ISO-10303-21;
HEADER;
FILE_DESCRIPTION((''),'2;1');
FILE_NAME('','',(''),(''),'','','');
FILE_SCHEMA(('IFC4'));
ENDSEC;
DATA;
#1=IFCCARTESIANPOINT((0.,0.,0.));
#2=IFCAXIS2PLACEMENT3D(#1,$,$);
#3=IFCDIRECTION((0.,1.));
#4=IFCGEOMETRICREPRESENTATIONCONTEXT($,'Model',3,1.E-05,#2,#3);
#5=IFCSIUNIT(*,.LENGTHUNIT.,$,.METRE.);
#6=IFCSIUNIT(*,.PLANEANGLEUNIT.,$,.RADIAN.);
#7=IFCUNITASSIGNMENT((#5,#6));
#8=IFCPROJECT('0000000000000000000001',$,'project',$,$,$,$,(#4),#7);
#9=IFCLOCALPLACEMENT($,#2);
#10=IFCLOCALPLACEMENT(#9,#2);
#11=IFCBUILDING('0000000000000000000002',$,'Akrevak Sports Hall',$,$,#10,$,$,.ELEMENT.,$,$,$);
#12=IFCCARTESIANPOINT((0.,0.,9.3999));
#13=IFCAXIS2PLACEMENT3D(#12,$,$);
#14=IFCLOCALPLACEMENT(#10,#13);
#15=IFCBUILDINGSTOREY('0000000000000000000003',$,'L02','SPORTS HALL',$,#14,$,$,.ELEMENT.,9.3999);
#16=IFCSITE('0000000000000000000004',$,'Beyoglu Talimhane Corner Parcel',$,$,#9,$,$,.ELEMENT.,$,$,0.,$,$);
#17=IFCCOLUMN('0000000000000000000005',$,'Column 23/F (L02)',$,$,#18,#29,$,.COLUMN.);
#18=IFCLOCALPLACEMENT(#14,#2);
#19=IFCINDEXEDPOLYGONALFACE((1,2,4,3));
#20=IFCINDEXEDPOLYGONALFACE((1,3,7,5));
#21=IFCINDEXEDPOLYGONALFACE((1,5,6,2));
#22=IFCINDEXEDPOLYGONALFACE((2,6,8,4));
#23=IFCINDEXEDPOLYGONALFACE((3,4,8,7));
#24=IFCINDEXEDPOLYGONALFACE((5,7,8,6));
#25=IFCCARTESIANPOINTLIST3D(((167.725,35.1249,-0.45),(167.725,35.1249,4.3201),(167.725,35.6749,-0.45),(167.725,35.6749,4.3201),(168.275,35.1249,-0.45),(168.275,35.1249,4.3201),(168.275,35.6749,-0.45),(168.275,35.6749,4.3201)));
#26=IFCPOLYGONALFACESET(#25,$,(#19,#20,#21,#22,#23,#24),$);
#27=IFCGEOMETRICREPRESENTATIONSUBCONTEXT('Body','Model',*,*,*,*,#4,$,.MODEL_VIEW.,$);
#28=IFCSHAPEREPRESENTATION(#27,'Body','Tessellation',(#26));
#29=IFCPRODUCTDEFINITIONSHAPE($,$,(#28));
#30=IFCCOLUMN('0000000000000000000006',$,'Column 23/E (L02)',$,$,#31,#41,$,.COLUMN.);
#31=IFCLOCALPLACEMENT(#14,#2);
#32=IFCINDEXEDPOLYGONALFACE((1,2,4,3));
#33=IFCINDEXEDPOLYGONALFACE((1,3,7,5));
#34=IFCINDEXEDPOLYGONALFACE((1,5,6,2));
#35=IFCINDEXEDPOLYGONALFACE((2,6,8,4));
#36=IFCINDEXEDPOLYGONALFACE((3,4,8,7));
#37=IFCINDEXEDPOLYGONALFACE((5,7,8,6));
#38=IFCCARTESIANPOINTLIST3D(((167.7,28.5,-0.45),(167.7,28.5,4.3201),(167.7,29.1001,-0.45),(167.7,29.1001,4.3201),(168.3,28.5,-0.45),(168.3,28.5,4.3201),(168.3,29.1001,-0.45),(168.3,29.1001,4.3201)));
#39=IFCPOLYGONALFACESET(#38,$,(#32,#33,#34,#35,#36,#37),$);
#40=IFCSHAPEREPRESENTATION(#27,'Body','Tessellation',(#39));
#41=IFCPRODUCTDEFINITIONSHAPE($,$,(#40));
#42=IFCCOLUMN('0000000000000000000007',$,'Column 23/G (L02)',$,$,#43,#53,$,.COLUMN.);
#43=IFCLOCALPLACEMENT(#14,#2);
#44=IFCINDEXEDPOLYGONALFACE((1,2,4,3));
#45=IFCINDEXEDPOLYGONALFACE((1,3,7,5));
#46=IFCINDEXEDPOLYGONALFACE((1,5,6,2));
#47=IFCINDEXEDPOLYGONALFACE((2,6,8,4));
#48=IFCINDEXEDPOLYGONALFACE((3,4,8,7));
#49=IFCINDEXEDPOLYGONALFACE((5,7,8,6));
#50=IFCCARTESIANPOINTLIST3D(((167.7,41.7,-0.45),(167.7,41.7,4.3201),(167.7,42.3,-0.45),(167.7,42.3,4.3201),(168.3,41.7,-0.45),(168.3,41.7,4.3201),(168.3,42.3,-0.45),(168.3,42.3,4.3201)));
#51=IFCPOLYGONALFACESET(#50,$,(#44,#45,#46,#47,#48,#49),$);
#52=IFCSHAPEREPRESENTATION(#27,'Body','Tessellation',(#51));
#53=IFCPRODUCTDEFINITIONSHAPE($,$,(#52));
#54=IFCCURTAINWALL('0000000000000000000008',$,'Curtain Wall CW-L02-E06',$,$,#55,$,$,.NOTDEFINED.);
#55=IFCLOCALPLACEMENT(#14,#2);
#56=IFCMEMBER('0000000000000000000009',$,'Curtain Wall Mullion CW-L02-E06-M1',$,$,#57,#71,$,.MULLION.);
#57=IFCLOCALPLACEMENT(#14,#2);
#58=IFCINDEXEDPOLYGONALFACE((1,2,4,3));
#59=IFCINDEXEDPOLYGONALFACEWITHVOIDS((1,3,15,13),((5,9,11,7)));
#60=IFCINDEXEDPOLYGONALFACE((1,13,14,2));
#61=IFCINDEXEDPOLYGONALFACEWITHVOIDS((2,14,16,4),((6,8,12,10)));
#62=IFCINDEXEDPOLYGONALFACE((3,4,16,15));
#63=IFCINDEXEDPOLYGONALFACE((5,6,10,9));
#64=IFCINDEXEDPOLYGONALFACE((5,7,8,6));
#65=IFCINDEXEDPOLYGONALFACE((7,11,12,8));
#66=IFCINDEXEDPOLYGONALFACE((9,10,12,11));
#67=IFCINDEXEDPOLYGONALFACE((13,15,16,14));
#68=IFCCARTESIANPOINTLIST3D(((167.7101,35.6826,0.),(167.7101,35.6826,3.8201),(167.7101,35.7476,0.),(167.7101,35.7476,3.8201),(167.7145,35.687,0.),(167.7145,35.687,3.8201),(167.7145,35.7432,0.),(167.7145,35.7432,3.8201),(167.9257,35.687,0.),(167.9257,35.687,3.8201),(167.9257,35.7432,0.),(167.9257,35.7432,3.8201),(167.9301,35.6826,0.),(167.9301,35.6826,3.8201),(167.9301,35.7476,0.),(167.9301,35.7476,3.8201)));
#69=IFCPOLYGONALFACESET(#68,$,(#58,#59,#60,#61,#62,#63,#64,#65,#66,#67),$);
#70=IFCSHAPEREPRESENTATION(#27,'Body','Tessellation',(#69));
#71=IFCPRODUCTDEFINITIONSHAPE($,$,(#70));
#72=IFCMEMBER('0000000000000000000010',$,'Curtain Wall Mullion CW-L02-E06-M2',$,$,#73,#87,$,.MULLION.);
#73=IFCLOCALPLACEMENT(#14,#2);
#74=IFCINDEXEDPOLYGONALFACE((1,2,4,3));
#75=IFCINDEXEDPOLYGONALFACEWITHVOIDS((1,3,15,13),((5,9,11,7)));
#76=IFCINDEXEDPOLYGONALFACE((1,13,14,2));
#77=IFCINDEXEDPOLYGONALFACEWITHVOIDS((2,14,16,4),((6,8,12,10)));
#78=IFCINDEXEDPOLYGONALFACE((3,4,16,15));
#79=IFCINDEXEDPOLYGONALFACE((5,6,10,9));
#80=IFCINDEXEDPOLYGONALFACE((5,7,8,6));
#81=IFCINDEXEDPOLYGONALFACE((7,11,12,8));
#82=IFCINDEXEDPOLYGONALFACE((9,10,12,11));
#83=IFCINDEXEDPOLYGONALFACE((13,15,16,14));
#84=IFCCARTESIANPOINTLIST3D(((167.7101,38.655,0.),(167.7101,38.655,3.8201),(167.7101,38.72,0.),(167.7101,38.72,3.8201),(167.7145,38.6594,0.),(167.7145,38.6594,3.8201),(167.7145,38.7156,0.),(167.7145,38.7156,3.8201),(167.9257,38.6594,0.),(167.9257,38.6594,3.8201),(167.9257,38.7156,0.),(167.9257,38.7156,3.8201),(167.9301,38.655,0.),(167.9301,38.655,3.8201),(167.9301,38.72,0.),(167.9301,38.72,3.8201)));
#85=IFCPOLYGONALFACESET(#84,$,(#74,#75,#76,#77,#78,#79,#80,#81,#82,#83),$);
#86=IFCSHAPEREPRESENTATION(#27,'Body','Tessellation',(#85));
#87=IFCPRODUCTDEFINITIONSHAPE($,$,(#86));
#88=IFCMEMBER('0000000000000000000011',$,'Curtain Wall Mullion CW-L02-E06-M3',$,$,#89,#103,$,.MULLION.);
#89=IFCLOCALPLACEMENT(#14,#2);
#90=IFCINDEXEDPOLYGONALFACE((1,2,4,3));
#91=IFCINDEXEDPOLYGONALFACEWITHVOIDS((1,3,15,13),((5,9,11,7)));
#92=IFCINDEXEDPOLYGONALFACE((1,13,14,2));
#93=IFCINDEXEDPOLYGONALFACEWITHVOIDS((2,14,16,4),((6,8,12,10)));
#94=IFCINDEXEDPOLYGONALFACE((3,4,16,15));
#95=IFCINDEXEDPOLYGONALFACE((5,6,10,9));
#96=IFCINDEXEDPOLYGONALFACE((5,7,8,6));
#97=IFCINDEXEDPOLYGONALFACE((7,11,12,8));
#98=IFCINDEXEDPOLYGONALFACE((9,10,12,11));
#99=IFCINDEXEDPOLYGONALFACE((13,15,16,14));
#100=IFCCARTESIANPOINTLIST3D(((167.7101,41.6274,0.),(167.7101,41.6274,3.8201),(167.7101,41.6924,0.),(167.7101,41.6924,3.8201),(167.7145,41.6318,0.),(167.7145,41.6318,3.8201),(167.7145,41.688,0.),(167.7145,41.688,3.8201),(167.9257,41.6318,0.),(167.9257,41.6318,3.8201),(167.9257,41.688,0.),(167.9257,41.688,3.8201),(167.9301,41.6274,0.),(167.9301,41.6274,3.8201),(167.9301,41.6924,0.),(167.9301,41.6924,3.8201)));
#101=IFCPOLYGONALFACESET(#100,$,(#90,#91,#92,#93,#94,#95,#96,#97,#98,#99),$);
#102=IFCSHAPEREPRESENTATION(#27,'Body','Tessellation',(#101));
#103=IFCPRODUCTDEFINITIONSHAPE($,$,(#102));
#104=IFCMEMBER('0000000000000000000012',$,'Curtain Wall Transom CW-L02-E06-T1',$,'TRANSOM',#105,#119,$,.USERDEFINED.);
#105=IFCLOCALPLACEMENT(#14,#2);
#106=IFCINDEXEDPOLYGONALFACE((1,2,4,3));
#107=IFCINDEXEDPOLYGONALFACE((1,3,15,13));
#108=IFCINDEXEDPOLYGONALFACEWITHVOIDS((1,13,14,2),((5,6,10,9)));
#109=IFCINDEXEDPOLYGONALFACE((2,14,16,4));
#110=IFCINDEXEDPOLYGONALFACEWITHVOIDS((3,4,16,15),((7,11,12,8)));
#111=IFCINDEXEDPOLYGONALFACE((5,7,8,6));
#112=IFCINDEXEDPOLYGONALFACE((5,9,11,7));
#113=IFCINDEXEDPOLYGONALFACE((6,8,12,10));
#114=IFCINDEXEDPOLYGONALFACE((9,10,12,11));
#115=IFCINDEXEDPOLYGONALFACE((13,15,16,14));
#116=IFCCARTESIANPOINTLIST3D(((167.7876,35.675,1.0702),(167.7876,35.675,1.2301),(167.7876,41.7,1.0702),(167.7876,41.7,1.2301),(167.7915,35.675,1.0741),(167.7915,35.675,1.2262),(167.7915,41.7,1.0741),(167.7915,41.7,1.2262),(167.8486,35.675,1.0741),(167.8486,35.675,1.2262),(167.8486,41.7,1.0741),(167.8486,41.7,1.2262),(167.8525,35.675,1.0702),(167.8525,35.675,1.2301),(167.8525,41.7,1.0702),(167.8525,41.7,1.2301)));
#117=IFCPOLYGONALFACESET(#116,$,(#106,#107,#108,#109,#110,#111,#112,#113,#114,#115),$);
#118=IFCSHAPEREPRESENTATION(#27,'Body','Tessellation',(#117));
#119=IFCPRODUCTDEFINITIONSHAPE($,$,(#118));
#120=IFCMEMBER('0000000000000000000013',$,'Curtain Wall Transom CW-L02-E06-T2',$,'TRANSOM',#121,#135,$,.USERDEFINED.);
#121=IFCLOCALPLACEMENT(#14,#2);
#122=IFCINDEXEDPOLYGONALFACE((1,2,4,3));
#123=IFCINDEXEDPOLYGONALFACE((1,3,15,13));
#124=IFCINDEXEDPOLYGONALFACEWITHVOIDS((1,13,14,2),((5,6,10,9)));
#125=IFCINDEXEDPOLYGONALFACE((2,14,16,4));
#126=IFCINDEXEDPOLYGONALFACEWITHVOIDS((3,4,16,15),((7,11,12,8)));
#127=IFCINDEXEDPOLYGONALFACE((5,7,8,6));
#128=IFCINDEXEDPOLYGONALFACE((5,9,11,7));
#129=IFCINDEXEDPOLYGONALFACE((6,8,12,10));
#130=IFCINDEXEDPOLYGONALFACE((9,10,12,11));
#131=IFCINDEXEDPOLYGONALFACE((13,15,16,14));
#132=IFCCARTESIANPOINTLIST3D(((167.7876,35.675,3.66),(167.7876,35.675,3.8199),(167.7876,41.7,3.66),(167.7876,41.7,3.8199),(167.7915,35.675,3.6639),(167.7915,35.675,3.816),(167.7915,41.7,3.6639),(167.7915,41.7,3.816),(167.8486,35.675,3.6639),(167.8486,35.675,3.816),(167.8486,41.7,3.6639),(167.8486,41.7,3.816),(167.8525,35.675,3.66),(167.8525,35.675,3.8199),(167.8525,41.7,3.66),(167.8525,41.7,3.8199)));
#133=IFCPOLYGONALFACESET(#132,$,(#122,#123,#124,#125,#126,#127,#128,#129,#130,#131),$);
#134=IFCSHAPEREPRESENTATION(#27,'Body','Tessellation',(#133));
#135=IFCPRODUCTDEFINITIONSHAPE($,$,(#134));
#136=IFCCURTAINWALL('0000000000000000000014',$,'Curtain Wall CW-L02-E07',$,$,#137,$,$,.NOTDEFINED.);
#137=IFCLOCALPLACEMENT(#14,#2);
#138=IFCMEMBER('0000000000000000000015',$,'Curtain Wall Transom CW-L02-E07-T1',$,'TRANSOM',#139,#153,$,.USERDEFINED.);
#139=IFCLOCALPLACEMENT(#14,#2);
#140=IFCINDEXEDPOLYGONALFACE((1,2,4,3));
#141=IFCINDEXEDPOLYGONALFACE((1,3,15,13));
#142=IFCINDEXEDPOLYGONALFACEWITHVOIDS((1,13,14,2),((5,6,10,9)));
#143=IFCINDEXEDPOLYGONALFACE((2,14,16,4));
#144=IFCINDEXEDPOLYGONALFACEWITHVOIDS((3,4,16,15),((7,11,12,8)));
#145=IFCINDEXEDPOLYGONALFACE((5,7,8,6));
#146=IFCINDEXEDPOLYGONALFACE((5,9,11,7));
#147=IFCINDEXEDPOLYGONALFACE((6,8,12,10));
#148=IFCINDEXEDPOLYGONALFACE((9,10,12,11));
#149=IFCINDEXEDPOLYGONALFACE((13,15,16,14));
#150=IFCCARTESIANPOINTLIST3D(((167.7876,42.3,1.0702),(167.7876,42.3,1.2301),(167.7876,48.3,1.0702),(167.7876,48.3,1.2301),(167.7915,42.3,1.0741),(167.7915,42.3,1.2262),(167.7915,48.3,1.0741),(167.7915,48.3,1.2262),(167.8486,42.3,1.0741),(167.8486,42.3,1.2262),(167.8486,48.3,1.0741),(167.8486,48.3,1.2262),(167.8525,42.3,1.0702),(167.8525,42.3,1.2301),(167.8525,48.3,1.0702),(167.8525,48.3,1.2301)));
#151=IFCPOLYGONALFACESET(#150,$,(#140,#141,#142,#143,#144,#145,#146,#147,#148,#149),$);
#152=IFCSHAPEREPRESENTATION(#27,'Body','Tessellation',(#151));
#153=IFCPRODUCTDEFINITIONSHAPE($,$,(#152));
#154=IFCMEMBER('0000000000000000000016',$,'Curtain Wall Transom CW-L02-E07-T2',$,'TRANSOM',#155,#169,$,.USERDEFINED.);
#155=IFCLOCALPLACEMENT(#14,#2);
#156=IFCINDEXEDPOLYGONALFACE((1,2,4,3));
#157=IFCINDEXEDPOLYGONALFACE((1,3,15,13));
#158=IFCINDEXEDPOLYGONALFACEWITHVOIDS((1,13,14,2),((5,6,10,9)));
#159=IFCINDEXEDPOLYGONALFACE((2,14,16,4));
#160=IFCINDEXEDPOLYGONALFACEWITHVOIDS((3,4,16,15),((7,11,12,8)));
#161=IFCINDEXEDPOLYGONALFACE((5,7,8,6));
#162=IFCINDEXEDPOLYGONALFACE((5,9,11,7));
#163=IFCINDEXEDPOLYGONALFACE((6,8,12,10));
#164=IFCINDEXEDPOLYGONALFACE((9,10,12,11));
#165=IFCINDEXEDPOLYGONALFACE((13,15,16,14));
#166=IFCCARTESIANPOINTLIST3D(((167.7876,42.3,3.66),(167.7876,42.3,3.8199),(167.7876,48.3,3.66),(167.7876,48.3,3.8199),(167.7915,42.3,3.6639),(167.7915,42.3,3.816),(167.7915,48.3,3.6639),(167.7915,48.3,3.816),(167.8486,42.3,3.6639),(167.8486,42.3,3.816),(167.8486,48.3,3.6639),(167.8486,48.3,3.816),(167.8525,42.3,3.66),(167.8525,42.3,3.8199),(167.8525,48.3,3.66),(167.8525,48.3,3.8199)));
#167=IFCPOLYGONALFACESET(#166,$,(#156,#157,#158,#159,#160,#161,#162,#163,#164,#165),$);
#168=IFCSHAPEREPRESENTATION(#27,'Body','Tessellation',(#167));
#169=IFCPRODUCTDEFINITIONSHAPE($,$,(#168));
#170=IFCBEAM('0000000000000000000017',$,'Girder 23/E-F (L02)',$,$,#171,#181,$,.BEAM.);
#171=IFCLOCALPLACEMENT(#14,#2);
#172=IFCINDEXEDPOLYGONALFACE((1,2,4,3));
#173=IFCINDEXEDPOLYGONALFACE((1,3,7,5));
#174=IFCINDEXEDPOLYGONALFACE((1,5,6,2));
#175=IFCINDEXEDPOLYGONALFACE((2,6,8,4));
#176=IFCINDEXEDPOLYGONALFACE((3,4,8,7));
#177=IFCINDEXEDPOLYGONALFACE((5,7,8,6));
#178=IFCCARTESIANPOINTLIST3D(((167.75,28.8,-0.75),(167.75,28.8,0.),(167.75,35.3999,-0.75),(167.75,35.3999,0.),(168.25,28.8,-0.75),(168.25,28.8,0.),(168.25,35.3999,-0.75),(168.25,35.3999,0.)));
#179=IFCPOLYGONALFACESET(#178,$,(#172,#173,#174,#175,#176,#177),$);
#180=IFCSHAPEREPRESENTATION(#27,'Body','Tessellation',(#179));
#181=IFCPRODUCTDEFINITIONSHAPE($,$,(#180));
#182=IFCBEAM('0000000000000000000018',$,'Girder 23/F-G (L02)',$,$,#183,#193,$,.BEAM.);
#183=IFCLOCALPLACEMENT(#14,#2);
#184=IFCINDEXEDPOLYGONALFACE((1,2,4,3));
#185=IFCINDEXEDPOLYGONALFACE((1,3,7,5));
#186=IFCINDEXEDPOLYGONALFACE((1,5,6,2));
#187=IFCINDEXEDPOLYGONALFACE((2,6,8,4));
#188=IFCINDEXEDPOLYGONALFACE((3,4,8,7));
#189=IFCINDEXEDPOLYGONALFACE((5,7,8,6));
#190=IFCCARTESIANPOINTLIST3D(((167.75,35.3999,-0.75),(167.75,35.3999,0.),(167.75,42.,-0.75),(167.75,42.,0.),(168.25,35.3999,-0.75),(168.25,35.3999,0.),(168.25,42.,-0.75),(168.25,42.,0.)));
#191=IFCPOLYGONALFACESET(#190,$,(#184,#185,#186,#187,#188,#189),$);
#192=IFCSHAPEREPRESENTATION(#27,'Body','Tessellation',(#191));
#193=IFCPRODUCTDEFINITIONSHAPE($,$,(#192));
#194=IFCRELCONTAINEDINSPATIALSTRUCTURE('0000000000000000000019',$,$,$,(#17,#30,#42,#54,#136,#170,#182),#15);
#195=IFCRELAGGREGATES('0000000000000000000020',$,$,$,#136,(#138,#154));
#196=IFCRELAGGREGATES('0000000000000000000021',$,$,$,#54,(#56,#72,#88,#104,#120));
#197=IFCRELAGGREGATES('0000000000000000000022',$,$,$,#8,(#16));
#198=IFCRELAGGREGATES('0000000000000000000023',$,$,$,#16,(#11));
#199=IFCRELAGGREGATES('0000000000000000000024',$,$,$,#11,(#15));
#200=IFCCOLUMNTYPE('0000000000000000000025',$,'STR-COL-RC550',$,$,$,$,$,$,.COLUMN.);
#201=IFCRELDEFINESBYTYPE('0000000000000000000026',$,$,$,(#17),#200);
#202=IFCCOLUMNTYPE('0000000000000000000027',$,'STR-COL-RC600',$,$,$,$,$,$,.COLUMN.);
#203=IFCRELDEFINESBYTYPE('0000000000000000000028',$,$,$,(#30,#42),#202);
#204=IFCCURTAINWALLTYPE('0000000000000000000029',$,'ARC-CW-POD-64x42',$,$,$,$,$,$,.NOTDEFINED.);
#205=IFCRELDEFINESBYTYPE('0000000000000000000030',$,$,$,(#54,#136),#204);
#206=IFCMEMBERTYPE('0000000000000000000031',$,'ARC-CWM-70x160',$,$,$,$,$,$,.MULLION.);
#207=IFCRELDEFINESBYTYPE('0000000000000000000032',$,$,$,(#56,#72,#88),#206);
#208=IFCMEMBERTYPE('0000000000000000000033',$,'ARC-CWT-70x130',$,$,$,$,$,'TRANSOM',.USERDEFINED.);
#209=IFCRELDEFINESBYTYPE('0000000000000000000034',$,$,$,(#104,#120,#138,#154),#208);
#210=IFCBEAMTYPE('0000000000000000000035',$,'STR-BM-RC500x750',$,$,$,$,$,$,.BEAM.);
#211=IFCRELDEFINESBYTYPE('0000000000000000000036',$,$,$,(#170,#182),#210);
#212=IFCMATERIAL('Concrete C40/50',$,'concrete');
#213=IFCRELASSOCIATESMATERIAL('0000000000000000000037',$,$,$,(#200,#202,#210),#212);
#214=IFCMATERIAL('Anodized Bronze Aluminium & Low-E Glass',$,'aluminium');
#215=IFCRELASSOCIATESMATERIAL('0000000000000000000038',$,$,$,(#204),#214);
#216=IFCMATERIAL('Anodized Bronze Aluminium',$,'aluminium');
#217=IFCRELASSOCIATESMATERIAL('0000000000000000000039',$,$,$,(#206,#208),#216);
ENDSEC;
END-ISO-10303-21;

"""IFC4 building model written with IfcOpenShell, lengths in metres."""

from ifc_helpers import new_model, si_unit, direction, frame, origin, origin_2d, place, context, subcontext, project, spatial, rectangle, hollow_rectangle, extrude, material, material_profile, profile_set, type_object, element, aggregate, save


model = new_model("IFC4")

# Units and contexts
model_context = context("Model", 3, precision=1e-05, world=origin(), true_north=direction((0.0, 1.0)))
body_context = subcontext(model_context, "Body", "Model", "MODEL_VIEW")
ifc_project = project(units=[si_unit("LENGTHUNIT", "METRE"), si_unit("PLANEANGLEUNIT", "RADIAN")], contexts=[model_context])

# Site, building, storey
site_placement = place(None, origin())
site = spatial("IfcSite", under=ifc_project, at=site_placement, Name="Beyoglu Talimhane Corner Parcel", CompositionType="ELEMENT", RefElevation=0.0)
building_placement = place(site_placement, origin())
building = spatial("IfcBuilding", under=site, at=building_placement, Name="Akrevak Sports Hall", CompositionType="ELEMENT")
storey_placement = place(building_placement, frame((0.0, 0.0, 9.3999)))
storey = spatial("IfcBuildingStorey", under=building, at=storey_placement, Name="L02", Description="SPORTS HALL", CompositionType="ELEMENT", Elevation=9.3999)

# Columns
ifc_material_1 = material(Name="Concrete C40/50", Category="concrete")
ifc_material_profile_1 = material_profile(ifc_material_1, rectangle(XDim=0.55, YDim=0.55, at=origin_2d()), Name="RC 550x550", Category="concrete")
ifc_profile_set_1 = profile_set([ifc_material_profile_1], Name="Concrete C40/50")
column_type_1 = type_object("IfcColumnType", Name="STR-COL-RC550", PredefinedType="COLUMN", material=ifc_profile_set_1)
column_placement = place(storey_placement, frame((168.0, 35.3999, -0.45), z_axis=(0.0, 0.0, 1.0), x_axis=(1.0, 0.0, 0.0)))
element("IfcColumn", 1, at=column_placement, inside=storey, type_object=column_type_1, Name="Column 23/F (L02)", PredefinedType="COLUMN", context=body_context, shape_type="SweptSolid", body=[
    extrude(rectangle(XDim=0.55, YDim=0.55, at=origin_2d()), origin(), (0.0, 0.0, 1.0), 4.77),
])
ifc_material_profile_2 = material_profile(ifc_material_1, rectangle(XDim=0.6001, YDim=0.6001, at=origin_2d()), Name="RC 600x600", Category="concrete")
ifc_profile_set_2 = profile_set([ifc_material_profile_2], Name="Concrete C40/50")
column_type_2 = type_object("IfcColumnType", Name="STR-COL-RC600", PredefinedType="COLUMN", material=ifc_profile_set_2)
for number, where, z_axis, x_axis, name in (
    (2, (168.0, 28.8, -0.45), (0.0, 0.0, 1.0), (1.0, 0.0, 0.0), "Column 23/E (L02)"),
    (3, (168.0, 42.0, -0.45), (0.0, 0.0, 1.0), (1.0, 0.0, 0.0), "Column 23/G (L02)"),
):
    element("IfcColumn", number, at=place(storey_placement, frame(where, z_axis=z_axis, x_axis=x_axis)), inside=storey, type_object=column_type_2, Name=name, PredefinedType="COLUMN", context=body_context, shape_type="SweptSolid", body=[
        extrude(rectangle(XDim=0.6001, YDim=0.6001, at=origin_2d()), origin(), (0.0, 0.0, 1.0), 4.77),
    ])

# Curtain walls, members
ifc_material_2 = material(Name="Anodized Bronze Aluminium & Low-E Glass", Category="aluminium")
curtain_wall_type = type_object("IfcCurtainWallType", Name="ARC-CW-POD-64x42", PredefinedType="NOTDEFINED", material=ifc_material_2)
curtain_wall_1_placement = place(storey_placement, origin())
curtain_wall_1 = element("IfcCurtainWall", 4, at=curtain_wall_1_placement, inside=storey, type_object=curtain_wall_type, Name="Curtain Wall CW-L02-E06", PredefinedType="NOTDEFINED")
ifc_material_3 = material(Name="Anodized Bronze Aluminium", Category="aluminium")
ifc_material_profile_3 = material_profile(ifc_material_3, hollow_rectangle(XDim=0.0649, YDim=0.22, WallThickness=0.0044, at=origin_2d()), Name="CWM 65x220", Category="aluminium")
ifc_profile_set_3 = profile_set([ifc_material_profile_3], Name="Anodized Bronze Aluminium")
member_type_1 = type_object("IfcMemberType", Name="ARC-CWM-70x160", PredefinedType="MULLION", material=ifc_profile_set_3)
member_1_placement = place(storey_placement, frame((167.8201, 35.7151, 0.0), z_axis=(0.0, 0.0, 1.0), x_axis=(0.0, 1.0, 0.0)))
member_1 = element("IfcMember", 5, at=member_1_placement, type_object=member_type_1, Name="Curtain Wall Mullion CW-L02-E06-M1", PredefinedType="MULLION", context=body_context, shape_type="SweptSolid", body=[
    extrude(hollow_rectangle(XDim=0.0649, YDim=0.22, WallThickness=0.0044, at=origin_2d()), origin(), (0.0, 0.0, 1.0), 3.8201),
])
member_2_placement = place(storey_placement, frame((167.8201, 38.6875, 0.0), z_axis=(0.0, 0.0, 1.0), x_axis=(0.0, 1.0, 0.0)))
member_2 = element("IfcMember", 6, at=member_2_placement, type_object=member_type_1, Name="Curtain Wall Mullion CW-L02-E06-M2", PredefinedType="MULLION", context=body_context, shape_type="SweptSolid", body=[
    extrude(hollow_rectangle(XDim=0.0649, YDim=0.22, WallThickness=0.0044, at=origin_2d()), origin(), (0.0, 0.0, 1.0), 3.8201),
])
member_3_placement = place(storey_placement, frame((167.8201, 41.6599, 0.0), z_axis=(0.0, 0.0, 1.0), x_axis=(0.0, 1.0, 0.0)))
member_3 = element("IfcMember", 7, at=member_3_placement, type_object=member_type_1, Name="Curtain Wall Mullion CW-L02-E06-M3", PredefinedType="MULLION", context=body_context, shape_type="SweptSolid", body=[
    extrude(hollow_rectangle(XDim=0.0649, YDim=0.22, WallThickness=0.0044, at=origin_2d()), origin(), (0.0, 0.0, 1.0), 3.8201),
])
ifc_material_profile_4 = material_profile(ifc_material_3, hollow_rectangle(XDim=0.0649, YDim=0.1599, WallThickness=0.0039, at=origin_2d()), Name="CWT 65x160", Category="aluminium")
ifc_profile_set_4 = profile_set([ifc_material_profile_4], Name="Anodized Bronze Aluminium")
member_type_2 = type_object("IfcMemberType", Name="ARC-CWT-70x130", ElementType="TRANSOM", PredefinedType="USERDEFINED", material=ifc_profile_set_4)
member_4_placement = place(storey_placement, frame((167.8201, 35.675, 1.1501), z_axis=(0.0, 1.0, 0.0), x_axis=(-1.0, 0.0, 0.0)))
member_4 = element("IfcMember", 8, at=member_4_placement, type_object=member_type_2, Name="Curtain Wall Transom CW-L02-E06-T1", ObjectType="TRANSOM", PredefinedType="USERDEFINED", context=body_context, shape_type="SweptSolid", body=[
    extrude(hollow_rectangle(XDim=0.0649, YDim=0.1599, WallThickness=0.0039, at=origin_2d()), origin(), (0.0, 0.0, 1.0), 6.0249),
])
member_5_placement = place(storey_placement, frame((167.8201, 35.675, 3.74), z_axis=(0.0, 1.0, 0.0), x_axis=(-1.0, 0.0, 0.0)))
member_5 = element("IfcMember", 9, at=member_5_placement, type_object=member_type_2, Name="Curtain Wall Transom CW-L02-E06-T2", ObjectType="TRANSOM", PredefinedType="USERDEFINED", context=body_context, shape_type="SweptSolid", body=[
    extrude(hollow_rectangle(XDim=0.0649, YDim=0.1599, WallThickness=0.0039, at=origin_2d()), origin(), (0.0, 0.0, 1.0), 6.0249),
])
curtain_wall_2_placement = place(storey_placement, origin())
curtain_wall_2 = element("IfcCurtainWall", 10, at=curtain_wall_2_placement, inside=storey, type_object=curtain_wall_type, Name="Curtain Wall CW-L02-E07", PredefinedType="NOTDEFINED")
member_6_placement = place(storey_placement, frame((167.8201, 42.3, 1.1501), z_axis=(0.0, 1.0, 0.0), x_axis=(-1.0, 0.0, 0.0)))
member_6 = element("IfcMember", 11, at=member_6_placement, type_object=member_type_2, Name="Curtain Wall Transom CW-L02-E07-T1", ObjectType="TRANSOM", PredefinedType="USERDEFINED", context=body_context, shape_type="SweptSolid", body=[
    extrude(hollow_rectangle(XDim=0.0649, YDim=0.1599, WallThickness=0.0039, at=origin_2d()), origin(), (0.0, 0.0, 1.0), 6.0),
])
member_7_placement = place(storey_placement, frame((167.8201, 42.3, 3.74), z_axis=(0.0, 1.0, 0.0), x_axis=(-1.0, 0.0, 0.0)))
member_7 = element("IfcMember", 12, at=member_7_placement, type_object=member_type_2, Name="Curtain Wall Transom CW-L02-E07-T2", ObjectType="TRANSOM", PredefinedType="USERDEFINED", context=body_context, shape_type="SweptSolid", body=[
    extrude(hollow_rectangle(XDim=0.0649, YDim=0.1599, WallThickness=0.0039, at=origin_2d()), origin(), (0.0, 0.0, 1.0), 6.0),
])
aggregate(curtain_wall_2, [member_6, member_7])

# Beams
ifc_material_profile_5 = material_profile(ifc_material_1, rectangle(XDim=0.5, YDim=0.75, at=origin_2d()), Name="BM 500x750", Category="concrete")
ifc_profile_set_5 = profile_set([ifc_material_profile_5], Name="Concrete C40/50")
beam_type = type_object("IfcBeamType", Name="STR-BM-RC500x750", PredefinedType="BEAM", material=ifc_profile_set_5)
beam_placement = place(storey_placement, frame((168.0, 28.8, -0.375), z_axis=(0.0, 1.0, 0.0), x_axis=(-1.0, 0.0, 0.0)))
element("IfcBeam", 13, at=beam_placement, inside=storey, type_object=beam_type, Name="Girder 23/E-F (L02)", PredefinedType="BEAM", context=body_context, shape_type="SweptSolid", body=[
    extrude(rectangle(XDim=0.5, YDim=0.75, at=origin_2d()), origin(), (0.0, 0.0, 1.0), 6.5999),
])
for number, where, z_axis, x_axis, name in (
    (14, (168.0, 35.3999, -0.375), (0.0, 1.0, 0.0), (-1.0, 0.0, 0.0), "Girder 23/F-G (L02)"),
):
    element("IfcBeam", number, at=place(storey_placement, frame(where, z_axis=z_axis, x_axis=x_axis)), inside=storey, type_object=beam_type, Name=name, PredefinedType="BEAM", context=body_context, shape_type="SweptSolid", body=[
        extrude(rectangle(XDim=0.5, YDim=0.75, at=origin_2d()), origin(), (0.0, 0.0, 1.0), 6.6001),
    ])

aggregate(curtain_wall_1, [member_1, member_2, member_3, member_4, member_5])

save(model, "model.ifc")
